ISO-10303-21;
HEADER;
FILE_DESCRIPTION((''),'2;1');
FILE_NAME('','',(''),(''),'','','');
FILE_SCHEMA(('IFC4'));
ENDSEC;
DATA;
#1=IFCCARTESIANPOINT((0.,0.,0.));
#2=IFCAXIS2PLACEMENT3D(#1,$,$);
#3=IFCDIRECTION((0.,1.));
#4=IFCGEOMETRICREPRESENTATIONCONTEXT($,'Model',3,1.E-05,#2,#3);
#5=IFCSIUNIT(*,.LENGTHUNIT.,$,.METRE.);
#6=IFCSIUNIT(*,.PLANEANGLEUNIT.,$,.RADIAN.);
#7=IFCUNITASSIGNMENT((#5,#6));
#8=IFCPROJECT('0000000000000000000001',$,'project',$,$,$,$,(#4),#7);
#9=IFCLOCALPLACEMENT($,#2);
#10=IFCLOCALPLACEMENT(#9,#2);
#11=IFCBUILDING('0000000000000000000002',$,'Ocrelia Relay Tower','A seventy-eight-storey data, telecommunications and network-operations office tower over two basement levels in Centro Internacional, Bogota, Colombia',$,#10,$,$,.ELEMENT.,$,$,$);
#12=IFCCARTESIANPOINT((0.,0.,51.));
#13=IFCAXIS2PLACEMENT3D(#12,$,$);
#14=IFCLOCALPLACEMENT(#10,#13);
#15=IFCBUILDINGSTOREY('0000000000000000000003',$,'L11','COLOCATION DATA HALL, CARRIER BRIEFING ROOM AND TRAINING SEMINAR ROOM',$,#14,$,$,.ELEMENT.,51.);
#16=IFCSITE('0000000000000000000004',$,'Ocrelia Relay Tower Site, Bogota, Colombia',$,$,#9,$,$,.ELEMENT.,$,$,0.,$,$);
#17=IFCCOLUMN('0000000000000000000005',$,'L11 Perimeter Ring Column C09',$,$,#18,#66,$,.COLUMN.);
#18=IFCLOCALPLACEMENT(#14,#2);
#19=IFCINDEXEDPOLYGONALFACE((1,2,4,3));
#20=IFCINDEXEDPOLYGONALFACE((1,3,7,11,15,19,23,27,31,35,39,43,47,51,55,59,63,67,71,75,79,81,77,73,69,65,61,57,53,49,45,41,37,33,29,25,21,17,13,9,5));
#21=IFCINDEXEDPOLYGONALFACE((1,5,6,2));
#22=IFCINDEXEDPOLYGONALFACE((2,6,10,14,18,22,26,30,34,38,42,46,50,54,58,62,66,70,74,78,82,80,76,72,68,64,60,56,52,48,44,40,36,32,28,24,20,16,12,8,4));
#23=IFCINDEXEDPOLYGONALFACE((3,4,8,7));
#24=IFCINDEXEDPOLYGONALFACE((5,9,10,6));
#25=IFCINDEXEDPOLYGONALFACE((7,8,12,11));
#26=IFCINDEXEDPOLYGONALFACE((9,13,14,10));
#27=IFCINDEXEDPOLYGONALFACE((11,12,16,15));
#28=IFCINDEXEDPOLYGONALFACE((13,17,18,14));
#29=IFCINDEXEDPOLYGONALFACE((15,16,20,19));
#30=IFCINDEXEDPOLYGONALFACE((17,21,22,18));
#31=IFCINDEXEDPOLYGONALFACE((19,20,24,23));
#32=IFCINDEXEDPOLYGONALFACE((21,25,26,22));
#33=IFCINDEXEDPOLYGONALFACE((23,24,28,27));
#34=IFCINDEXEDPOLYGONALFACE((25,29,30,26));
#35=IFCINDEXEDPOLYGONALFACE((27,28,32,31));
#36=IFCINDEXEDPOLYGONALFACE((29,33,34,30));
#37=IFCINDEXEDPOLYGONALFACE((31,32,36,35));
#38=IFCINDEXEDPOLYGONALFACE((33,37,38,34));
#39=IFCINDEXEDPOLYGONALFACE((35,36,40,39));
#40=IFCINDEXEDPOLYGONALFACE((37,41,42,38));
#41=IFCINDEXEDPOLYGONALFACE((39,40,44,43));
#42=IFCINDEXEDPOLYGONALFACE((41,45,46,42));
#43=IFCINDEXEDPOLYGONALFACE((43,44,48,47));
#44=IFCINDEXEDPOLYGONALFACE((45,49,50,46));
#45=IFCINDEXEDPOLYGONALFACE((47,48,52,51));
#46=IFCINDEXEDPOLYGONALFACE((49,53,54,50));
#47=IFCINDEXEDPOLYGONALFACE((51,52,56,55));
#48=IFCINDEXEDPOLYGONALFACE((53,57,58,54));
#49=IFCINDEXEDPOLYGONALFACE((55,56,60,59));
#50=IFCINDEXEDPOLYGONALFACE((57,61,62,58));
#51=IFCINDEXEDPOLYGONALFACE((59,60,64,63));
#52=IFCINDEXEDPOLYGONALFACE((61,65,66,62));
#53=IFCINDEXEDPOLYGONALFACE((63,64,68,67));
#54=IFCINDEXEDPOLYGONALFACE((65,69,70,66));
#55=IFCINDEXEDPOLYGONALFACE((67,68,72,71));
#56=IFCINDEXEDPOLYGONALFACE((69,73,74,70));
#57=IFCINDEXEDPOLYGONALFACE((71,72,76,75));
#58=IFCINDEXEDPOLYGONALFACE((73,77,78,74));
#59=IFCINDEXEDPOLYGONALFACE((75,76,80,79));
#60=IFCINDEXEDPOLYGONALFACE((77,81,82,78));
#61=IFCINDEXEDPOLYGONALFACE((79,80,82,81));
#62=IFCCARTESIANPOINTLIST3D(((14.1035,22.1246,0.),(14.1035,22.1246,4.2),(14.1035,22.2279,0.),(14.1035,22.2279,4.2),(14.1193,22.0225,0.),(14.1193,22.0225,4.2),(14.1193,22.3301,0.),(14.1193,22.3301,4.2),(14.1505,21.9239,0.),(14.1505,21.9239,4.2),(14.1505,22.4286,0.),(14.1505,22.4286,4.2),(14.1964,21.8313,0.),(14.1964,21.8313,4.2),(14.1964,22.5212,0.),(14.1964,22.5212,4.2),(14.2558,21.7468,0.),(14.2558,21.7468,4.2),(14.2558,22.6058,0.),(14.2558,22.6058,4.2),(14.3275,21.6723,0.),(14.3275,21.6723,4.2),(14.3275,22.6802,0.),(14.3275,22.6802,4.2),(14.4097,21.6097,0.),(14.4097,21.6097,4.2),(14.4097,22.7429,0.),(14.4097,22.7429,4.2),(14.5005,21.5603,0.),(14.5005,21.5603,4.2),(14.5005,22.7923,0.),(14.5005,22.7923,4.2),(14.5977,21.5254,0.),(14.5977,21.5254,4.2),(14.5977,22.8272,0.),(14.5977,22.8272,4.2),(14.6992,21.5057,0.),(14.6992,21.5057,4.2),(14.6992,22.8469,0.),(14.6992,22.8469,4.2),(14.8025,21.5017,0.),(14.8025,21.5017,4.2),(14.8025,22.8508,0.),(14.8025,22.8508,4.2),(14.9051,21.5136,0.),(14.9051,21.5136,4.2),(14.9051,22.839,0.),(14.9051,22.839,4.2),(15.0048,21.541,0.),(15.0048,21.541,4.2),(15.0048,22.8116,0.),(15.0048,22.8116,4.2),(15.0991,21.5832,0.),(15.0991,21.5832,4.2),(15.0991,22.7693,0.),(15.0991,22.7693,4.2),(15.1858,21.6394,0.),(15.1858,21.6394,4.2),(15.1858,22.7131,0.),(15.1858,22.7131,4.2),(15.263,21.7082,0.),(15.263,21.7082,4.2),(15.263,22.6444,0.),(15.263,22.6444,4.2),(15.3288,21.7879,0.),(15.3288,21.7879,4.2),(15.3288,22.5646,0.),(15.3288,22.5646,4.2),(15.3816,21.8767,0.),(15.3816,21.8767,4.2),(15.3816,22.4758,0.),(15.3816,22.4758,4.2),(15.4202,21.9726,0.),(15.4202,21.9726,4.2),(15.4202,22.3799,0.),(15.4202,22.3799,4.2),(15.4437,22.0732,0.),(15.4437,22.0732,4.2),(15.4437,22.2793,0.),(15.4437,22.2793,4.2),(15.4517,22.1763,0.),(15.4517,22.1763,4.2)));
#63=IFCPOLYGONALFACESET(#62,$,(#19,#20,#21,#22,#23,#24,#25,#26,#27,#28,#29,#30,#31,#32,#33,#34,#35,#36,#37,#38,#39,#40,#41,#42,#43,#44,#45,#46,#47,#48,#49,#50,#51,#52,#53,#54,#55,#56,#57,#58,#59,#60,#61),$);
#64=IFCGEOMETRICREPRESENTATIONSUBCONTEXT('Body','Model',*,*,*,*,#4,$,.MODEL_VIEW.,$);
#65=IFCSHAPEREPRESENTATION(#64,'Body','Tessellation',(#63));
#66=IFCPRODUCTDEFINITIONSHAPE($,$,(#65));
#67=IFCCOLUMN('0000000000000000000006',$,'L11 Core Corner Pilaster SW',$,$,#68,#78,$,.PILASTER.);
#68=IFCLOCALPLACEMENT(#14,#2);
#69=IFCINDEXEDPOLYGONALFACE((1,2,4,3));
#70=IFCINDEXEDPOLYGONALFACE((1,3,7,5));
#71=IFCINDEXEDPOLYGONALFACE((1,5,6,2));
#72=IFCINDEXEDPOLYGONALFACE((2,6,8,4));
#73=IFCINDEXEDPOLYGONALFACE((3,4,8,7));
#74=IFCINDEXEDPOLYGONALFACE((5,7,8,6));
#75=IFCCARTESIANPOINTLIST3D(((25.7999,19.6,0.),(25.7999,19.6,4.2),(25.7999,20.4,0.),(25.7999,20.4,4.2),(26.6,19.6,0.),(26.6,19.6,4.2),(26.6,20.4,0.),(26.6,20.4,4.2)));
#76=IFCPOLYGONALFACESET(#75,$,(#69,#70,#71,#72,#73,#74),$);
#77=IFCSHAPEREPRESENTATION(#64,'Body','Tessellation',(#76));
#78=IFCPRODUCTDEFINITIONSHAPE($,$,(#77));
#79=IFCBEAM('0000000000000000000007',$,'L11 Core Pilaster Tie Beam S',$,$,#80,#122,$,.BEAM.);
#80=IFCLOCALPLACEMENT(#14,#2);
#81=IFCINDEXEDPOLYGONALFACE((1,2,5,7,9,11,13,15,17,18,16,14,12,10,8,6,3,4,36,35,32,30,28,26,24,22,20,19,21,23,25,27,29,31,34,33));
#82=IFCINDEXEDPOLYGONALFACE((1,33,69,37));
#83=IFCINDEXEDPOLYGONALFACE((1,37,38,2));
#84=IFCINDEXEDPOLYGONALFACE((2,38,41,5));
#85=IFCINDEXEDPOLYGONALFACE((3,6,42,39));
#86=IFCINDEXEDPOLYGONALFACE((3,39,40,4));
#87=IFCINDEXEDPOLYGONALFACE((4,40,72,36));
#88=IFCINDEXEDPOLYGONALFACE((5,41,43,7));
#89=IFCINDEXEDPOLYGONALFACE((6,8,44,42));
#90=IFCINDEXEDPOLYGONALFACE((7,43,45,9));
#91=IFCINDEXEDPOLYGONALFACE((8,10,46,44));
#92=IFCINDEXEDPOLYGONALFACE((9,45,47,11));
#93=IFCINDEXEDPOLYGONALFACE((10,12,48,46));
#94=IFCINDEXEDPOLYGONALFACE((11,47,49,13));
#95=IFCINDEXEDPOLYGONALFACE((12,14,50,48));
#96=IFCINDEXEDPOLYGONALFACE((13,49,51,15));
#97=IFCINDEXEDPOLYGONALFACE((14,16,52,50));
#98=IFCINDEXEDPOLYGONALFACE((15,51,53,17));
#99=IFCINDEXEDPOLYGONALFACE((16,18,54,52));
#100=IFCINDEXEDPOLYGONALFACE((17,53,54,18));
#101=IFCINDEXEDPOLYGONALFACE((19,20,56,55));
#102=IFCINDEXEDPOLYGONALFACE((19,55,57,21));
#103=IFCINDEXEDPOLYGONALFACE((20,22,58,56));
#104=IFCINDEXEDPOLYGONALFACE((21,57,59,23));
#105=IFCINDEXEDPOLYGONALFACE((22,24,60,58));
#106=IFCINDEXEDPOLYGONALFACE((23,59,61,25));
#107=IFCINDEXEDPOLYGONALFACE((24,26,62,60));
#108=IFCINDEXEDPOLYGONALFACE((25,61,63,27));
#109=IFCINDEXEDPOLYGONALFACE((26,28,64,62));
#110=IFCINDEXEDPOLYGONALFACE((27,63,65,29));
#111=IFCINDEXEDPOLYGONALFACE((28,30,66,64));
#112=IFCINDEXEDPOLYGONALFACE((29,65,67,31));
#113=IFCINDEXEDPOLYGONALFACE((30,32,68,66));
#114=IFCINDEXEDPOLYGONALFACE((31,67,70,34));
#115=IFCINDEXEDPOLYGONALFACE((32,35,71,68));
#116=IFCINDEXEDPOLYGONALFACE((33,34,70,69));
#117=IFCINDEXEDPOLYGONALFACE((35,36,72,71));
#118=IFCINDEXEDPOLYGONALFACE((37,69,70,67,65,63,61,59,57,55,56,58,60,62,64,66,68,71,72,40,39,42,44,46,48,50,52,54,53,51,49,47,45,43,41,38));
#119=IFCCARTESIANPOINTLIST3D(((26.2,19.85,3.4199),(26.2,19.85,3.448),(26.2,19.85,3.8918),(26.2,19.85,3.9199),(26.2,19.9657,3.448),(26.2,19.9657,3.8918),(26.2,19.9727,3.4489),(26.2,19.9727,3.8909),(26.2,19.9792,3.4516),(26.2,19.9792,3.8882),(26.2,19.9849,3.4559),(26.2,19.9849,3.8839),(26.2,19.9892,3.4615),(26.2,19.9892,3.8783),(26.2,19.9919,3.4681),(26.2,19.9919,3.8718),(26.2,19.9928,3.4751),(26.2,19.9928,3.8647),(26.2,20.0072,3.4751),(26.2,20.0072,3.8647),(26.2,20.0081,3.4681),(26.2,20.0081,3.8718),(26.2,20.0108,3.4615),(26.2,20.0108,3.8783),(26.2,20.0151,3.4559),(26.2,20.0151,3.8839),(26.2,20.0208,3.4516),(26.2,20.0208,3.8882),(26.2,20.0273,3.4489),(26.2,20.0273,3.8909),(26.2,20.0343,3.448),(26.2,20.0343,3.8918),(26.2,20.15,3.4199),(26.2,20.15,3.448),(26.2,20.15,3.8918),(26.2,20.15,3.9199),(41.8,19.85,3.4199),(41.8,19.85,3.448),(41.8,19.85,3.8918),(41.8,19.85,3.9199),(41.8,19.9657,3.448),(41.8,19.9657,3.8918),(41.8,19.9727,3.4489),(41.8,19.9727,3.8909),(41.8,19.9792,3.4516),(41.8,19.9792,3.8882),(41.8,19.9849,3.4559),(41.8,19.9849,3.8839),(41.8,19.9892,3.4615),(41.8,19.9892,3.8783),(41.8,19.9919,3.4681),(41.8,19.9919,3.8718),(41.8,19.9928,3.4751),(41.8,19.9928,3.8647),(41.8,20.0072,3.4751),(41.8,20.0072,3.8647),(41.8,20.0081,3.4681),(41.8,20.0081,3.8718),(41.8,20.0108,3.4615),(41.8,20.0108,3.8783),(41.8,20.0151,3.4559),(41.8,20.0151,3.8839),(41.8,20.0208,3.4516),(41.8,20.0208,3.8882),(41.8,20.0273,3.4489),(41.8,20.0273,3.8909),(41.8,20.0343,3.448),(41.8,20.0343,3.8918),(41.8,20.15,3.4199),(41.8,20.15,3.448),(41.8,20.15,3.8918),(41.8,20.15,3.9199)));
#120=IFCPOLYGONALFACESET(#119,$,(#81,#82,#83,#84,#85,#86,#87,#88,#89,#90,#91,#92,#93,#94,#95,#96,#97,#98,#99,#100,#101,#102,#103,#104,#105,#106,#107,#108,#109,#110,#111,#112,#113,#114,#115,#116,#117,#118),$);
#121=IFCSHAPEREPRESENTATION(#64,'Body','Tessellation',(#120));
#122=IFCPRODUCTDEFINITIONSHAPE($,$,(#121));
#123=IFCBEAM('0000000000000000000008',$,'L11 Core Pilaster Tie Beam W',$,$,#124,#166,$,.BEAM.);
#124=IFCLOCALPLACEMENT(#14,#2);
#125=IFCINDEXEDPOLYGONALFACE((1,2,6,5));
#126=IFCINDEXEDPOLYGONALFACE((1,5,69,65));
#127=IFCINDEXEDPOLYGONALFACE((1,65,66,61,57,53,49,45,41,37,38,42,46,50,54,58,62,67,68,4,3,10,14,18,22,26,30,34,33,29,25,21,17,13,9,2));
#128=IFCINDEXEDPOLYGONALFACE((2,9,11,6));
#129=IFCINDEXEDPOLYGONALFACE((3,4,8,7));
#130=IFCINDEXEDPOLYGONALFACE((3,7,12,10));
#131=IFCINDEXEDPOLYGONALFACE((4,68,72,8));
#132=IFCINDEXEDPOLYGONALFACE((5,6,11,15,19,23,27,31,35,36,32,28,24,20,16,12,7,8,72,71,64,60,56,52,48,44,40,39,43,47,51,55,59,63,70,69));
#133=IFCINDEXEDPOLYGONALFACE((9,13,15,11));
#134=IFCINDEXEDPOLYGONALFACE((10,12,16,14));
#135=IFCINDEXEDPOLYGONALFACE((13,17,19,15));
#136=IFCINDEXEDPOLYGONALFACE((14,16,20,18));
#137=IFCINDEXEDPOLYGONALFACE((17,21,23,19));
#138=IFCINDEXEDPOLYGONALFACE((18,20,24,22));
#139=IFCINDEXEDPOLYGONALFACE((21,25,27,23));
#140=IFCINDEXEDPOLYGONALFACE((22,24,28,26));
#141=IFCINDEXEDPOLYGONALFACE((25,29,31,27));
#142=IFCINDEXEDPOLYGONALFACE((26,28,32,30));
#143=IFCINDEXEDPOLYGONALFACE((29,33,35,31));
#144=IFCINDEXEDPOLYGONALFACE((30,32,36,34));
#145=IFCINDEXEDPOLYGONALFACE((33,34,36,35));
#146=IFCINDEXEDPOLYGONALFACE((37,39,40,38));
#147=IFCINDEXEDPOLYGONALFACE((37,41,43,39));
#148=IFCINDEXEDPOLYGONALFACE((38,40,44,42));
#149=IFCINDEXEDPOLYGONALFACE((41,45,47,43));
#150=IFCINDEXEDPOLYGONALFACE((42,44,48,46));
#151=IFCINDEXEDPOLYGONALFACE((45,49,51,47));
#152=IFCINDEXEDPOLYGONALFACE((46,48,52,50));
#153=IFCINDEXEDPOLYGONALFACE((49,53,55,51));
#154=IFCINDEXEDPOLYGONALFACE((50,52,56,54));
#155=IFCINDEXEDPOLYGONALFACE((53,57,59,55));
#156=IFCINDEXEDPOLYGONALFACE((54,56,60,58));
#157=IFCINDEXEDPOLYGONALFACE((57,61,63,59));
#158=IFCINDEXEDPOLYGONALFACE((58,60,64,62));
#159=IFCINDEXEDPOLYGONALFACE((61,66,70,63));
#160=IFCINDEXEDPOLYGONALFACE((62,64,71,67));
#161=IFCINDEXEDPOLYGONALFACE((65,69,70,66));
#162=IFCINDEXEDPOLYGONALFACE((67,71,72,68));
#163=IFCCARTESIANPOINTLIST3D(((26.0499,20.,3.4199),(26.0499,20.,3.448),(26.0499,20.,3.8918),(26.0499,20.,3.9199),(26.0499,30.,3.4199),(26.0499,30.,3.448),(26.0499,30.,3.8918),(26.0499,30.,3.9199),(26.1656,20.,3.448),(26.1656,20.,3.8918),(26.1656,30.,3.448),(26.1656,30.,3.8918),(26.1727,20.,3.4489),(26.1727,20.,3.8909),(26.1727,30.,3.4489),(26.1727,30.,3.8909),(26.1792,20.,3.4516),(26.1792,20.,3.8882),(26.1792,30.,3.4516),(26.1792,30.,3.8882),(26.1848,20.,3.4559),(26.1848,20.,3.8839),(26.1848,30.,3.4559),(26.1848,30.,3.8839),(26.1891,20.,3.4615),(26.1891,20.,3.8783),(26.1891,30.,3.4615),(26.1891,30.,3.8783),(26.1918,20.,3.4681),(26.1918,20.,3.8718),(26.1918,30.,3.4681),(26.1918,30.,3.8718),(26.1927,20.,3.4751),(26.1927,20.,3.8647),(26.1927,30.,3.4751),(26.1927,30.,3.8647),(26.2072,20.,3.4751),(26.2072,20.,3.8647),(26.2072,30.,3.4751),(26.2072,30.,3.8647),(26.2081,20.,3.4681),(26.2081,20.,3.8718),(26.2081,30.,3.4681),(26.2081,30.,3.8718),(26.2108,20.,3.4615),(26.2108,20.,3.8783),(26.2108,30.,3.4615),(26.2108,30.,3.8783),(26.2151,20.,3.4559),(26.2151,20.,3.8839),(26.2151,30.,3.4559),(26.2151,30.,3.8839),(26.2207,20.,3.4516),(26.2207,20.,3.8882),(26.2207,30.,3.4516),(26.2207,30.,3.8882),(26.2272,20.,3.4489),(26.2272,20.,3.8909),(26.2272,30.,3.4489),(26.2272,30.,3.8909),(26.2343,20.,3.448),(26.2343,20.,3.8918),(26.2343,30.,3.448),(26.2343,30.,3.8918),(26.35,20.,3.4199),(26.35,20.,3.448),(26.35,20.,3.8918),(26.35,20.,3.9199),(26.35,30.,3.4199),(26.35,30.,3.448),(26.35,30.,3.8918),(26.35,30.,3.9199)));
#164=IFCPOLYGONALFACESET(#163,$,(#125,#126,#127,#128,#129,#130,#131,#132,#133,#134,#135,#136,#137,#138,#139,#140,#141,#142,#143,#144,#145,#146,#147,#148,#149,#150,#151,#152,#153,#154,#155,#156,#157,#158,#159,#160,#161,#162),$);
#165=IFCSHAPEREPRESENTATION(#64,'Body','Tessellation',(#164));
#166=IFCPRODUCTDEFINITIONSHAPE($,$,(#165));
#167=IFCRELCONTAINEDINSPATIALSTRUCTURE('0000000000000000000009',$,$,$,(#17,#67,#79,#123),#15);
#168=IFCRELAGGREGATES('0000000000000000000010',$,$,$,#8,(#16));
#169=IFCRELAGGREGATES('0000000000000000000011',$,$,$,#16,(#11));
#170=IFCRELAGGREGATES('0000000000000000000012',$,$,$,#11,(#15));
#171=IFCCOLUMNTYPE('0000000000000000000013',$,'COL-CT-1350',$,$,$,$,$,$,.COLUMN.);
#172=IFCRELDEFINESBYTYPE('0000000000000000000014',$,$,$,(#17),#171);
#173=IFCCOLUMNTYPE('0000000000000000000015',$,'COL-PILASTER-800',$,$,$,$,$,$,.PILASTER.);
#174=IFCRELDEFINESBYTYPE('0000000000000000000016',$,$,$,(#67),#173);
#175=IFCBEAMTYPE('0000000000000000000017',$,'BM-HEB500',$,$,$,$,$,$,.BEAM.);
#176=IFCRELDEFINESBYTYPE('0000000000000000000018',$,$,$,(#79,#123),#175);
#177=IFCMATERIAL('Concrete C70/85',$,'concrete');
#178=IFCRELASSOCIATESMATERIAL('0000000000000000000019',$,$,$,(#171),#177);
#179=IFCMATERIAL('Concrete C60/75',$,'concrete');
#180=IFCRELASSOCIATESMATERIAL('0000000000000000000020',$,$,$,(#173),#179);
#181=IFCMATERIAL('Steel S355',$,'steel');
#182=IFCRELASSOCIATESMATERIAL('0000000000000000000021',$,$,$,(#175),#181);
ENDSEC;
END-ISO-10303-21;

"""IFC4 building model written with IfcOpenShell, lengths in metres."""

from ifc_helpers import new_model, si_unit, direction, frame, origin, origin_2d, place, context, subcontext, project, spatial, rectangle, circle, i_section, extrude, material, material_profile, profile_set, type_object, element, save


model = new_model("IFC4")

# Units and contexts
model_context = context("Model", 3, precision=1e-05, world=origin(), true_north=direction((0.0, 1.0)))
body_context = subcontext(model_context, "Body", "Model", "MODEL_VIEW")
ifc_project = project(units=[si_unit("LENGTHUNIT", "METRE"), si_unit("PLANEANGLEUNIT", "RADIAN")], contexts=[model_context])

# Site, building, storey
site_placement = place(None, origin())
site = spatial("IfcSite", under=ifc_project, at=site_placement, Name="Ocrelia Relay Tower Site, Bogota, Colombia", CompositionType="ELEMENT", RefElevation=0.0)
building_placement = place(site_placement, origin())
building = spatial("IfcBuilding", under=site, at=building_placement, Name="Ocrelia Relay Tower", Description="A seventy-eight-storey data, telecommunications and network-operations office tower over two basement levels in Centro Internacional, Bogota, Colombia", CompositionType="ELEMENT")
storey_placement = place(building_placement, frame((0.0, 0.0, 51.0)))
storey = spatial("IfcBuildingStorey", under=building, at=storey_placement, Name="L11", Description="COLOCATION DATA HALL, CARRIER BRIEFING ROOM AND TRAINING SEMINAR ROOM", CompositionType="ELEMENT", Elevation=51.0)

# Columns
ifc_material_1 = material(Name="Concrete C70/85", Category="concrete")
ifc_material_profile_1 = material_profile(ifc_material_1, circle(Radius=0.675, at=origin_2d()), Name="RC-CIR-1350")
ifc_profile_set_1 = profile_set([ifc_material_profile_1], Name="Concrete C70/85")
column_type_1 = type_object("IfcColumnType", Name="COL-CT-1350", PredefinedType="COLUMN", material=ifc_profile_set_1)
column_1_placement = place(storey_placement, frame((14.7766, 22.1763, 0.0), z_axis=(0.0, 0.0, 1.0), x_axis=(1.0, 0.0, 0.0)))
element("IfcColumn", 1, at=column_1_placement, inside=storey, type_object=column_type_1, Name="L11 Perimeter Ring Column C09", PredefinedType="COLUMN", context=body_context, shape_type="SweptSolid", body=[
    extrude(circle(Radius=0.675, at=origin_2d()), origin(), (0.0, 0.0, 1.0), 4.2),
])
ifc_material_2 = material(Name="Concrete C60/75", Category="concrete")
ifc_material_profile_2 = material_profile(ifc_material_2, rectangle(XDim=0.8, YDim=0.8, at=origin_2d()), Name="RC-COL-800x800")
ifc_profile_set_2 = profile_set([ifc_material_profile_2], Name="Concrete C60/75")
column_type_2 = type_object("IfcColumnType", Name="COL-PILASTER-800", PredefinedType="PILASTER", material=ifc_profile_set_2)
column_2_placement = place(storey_placement, frame((26.2, 20.0, 0.0), z_axis=(0.0, 0.0, 1.0), x_axis=(1.0, 0.0, 0.0)))
element("IfcColumn", 2, at=column_2_placement, inside=storey, type_object=column_type_2, Name="L11 Core Corner Pilaster SW", PredefinedType="PILASTER", context=body_context, shape_type="SweptSolid", body=[
    extrude(rectangle(XDim=0.8, YDim=0.8, at=origin_2d()), origin(), (0.0, 0.0, 1.0), 4.2),
])

# Beams
ifc_material_3 = material(Name="Steel S355", Category="steel")
ifc_material_profile_3 = material_profile(ifc_material_3, i_section(OverallWidth=0.3, OverallDepth=0.5, WebThickness=0.0144, FlangeThickness=0.0281, FilletRadius=0.0271, at=origin_2d()), Name="HEB 500")
ifc_profile_set_3 = profile_set([ifc_material_profile_3], Name="Steel S355")
beam_type_1 = type_object("IfcBeamType", Name="BM-HEB500", PredefinedType="BEAM", material=ifc_profile_set_3)
beam_1_placement = place(storey_placement, frame((26.2, 20.0, 3.6699), z_axis=(1.0, 0.0, 0.0), x_axis=(0.0, 1.0, 0.0)))
element("IfcBeam", 3, at=beam_1_placement, inside=storey, type_object=beam_type_1, Name="L11 Core Pilaster Tie Beam S", PredefinedType="BEAM", context=body_context, shape_type="SweptSolid", body=[
    extrude(i_section(OverallWidth=0.3, OverallDepth=0.5, WebThickness=0.0144, FlangeThickness=0.0281, FilletRadius=0.0271, at=origin_2d()), origin(), (0.0, 0.0, 1.0), 15.6001),
])
beam_2_placement = place(storey_placement, frame((26.2, 20.0, 3.6699), z_axis=(0.0, 1.0, 0.0), x_axis=(-1.0, 0.0, 0.0)))
element("IfcBeam", 4, at=beam_2_placement, inside=storey, type_object=beam_type_1, Name="L11 Core Pilaster Tie Beam W", PredefinedType="BEAM", context=body_context, shape_type="SweptSolid", body=[
    extrude(i_section(OverallWidth=0.3, OverallDepth=0.5, WebThickness=0.0144, FlangeThickness=0.0281, FilletRadius=0.0271, at=origin_2d()), origin(), (0.0, 0.0, 1.0), 10.0),
])

save(model, "model.ifc")
